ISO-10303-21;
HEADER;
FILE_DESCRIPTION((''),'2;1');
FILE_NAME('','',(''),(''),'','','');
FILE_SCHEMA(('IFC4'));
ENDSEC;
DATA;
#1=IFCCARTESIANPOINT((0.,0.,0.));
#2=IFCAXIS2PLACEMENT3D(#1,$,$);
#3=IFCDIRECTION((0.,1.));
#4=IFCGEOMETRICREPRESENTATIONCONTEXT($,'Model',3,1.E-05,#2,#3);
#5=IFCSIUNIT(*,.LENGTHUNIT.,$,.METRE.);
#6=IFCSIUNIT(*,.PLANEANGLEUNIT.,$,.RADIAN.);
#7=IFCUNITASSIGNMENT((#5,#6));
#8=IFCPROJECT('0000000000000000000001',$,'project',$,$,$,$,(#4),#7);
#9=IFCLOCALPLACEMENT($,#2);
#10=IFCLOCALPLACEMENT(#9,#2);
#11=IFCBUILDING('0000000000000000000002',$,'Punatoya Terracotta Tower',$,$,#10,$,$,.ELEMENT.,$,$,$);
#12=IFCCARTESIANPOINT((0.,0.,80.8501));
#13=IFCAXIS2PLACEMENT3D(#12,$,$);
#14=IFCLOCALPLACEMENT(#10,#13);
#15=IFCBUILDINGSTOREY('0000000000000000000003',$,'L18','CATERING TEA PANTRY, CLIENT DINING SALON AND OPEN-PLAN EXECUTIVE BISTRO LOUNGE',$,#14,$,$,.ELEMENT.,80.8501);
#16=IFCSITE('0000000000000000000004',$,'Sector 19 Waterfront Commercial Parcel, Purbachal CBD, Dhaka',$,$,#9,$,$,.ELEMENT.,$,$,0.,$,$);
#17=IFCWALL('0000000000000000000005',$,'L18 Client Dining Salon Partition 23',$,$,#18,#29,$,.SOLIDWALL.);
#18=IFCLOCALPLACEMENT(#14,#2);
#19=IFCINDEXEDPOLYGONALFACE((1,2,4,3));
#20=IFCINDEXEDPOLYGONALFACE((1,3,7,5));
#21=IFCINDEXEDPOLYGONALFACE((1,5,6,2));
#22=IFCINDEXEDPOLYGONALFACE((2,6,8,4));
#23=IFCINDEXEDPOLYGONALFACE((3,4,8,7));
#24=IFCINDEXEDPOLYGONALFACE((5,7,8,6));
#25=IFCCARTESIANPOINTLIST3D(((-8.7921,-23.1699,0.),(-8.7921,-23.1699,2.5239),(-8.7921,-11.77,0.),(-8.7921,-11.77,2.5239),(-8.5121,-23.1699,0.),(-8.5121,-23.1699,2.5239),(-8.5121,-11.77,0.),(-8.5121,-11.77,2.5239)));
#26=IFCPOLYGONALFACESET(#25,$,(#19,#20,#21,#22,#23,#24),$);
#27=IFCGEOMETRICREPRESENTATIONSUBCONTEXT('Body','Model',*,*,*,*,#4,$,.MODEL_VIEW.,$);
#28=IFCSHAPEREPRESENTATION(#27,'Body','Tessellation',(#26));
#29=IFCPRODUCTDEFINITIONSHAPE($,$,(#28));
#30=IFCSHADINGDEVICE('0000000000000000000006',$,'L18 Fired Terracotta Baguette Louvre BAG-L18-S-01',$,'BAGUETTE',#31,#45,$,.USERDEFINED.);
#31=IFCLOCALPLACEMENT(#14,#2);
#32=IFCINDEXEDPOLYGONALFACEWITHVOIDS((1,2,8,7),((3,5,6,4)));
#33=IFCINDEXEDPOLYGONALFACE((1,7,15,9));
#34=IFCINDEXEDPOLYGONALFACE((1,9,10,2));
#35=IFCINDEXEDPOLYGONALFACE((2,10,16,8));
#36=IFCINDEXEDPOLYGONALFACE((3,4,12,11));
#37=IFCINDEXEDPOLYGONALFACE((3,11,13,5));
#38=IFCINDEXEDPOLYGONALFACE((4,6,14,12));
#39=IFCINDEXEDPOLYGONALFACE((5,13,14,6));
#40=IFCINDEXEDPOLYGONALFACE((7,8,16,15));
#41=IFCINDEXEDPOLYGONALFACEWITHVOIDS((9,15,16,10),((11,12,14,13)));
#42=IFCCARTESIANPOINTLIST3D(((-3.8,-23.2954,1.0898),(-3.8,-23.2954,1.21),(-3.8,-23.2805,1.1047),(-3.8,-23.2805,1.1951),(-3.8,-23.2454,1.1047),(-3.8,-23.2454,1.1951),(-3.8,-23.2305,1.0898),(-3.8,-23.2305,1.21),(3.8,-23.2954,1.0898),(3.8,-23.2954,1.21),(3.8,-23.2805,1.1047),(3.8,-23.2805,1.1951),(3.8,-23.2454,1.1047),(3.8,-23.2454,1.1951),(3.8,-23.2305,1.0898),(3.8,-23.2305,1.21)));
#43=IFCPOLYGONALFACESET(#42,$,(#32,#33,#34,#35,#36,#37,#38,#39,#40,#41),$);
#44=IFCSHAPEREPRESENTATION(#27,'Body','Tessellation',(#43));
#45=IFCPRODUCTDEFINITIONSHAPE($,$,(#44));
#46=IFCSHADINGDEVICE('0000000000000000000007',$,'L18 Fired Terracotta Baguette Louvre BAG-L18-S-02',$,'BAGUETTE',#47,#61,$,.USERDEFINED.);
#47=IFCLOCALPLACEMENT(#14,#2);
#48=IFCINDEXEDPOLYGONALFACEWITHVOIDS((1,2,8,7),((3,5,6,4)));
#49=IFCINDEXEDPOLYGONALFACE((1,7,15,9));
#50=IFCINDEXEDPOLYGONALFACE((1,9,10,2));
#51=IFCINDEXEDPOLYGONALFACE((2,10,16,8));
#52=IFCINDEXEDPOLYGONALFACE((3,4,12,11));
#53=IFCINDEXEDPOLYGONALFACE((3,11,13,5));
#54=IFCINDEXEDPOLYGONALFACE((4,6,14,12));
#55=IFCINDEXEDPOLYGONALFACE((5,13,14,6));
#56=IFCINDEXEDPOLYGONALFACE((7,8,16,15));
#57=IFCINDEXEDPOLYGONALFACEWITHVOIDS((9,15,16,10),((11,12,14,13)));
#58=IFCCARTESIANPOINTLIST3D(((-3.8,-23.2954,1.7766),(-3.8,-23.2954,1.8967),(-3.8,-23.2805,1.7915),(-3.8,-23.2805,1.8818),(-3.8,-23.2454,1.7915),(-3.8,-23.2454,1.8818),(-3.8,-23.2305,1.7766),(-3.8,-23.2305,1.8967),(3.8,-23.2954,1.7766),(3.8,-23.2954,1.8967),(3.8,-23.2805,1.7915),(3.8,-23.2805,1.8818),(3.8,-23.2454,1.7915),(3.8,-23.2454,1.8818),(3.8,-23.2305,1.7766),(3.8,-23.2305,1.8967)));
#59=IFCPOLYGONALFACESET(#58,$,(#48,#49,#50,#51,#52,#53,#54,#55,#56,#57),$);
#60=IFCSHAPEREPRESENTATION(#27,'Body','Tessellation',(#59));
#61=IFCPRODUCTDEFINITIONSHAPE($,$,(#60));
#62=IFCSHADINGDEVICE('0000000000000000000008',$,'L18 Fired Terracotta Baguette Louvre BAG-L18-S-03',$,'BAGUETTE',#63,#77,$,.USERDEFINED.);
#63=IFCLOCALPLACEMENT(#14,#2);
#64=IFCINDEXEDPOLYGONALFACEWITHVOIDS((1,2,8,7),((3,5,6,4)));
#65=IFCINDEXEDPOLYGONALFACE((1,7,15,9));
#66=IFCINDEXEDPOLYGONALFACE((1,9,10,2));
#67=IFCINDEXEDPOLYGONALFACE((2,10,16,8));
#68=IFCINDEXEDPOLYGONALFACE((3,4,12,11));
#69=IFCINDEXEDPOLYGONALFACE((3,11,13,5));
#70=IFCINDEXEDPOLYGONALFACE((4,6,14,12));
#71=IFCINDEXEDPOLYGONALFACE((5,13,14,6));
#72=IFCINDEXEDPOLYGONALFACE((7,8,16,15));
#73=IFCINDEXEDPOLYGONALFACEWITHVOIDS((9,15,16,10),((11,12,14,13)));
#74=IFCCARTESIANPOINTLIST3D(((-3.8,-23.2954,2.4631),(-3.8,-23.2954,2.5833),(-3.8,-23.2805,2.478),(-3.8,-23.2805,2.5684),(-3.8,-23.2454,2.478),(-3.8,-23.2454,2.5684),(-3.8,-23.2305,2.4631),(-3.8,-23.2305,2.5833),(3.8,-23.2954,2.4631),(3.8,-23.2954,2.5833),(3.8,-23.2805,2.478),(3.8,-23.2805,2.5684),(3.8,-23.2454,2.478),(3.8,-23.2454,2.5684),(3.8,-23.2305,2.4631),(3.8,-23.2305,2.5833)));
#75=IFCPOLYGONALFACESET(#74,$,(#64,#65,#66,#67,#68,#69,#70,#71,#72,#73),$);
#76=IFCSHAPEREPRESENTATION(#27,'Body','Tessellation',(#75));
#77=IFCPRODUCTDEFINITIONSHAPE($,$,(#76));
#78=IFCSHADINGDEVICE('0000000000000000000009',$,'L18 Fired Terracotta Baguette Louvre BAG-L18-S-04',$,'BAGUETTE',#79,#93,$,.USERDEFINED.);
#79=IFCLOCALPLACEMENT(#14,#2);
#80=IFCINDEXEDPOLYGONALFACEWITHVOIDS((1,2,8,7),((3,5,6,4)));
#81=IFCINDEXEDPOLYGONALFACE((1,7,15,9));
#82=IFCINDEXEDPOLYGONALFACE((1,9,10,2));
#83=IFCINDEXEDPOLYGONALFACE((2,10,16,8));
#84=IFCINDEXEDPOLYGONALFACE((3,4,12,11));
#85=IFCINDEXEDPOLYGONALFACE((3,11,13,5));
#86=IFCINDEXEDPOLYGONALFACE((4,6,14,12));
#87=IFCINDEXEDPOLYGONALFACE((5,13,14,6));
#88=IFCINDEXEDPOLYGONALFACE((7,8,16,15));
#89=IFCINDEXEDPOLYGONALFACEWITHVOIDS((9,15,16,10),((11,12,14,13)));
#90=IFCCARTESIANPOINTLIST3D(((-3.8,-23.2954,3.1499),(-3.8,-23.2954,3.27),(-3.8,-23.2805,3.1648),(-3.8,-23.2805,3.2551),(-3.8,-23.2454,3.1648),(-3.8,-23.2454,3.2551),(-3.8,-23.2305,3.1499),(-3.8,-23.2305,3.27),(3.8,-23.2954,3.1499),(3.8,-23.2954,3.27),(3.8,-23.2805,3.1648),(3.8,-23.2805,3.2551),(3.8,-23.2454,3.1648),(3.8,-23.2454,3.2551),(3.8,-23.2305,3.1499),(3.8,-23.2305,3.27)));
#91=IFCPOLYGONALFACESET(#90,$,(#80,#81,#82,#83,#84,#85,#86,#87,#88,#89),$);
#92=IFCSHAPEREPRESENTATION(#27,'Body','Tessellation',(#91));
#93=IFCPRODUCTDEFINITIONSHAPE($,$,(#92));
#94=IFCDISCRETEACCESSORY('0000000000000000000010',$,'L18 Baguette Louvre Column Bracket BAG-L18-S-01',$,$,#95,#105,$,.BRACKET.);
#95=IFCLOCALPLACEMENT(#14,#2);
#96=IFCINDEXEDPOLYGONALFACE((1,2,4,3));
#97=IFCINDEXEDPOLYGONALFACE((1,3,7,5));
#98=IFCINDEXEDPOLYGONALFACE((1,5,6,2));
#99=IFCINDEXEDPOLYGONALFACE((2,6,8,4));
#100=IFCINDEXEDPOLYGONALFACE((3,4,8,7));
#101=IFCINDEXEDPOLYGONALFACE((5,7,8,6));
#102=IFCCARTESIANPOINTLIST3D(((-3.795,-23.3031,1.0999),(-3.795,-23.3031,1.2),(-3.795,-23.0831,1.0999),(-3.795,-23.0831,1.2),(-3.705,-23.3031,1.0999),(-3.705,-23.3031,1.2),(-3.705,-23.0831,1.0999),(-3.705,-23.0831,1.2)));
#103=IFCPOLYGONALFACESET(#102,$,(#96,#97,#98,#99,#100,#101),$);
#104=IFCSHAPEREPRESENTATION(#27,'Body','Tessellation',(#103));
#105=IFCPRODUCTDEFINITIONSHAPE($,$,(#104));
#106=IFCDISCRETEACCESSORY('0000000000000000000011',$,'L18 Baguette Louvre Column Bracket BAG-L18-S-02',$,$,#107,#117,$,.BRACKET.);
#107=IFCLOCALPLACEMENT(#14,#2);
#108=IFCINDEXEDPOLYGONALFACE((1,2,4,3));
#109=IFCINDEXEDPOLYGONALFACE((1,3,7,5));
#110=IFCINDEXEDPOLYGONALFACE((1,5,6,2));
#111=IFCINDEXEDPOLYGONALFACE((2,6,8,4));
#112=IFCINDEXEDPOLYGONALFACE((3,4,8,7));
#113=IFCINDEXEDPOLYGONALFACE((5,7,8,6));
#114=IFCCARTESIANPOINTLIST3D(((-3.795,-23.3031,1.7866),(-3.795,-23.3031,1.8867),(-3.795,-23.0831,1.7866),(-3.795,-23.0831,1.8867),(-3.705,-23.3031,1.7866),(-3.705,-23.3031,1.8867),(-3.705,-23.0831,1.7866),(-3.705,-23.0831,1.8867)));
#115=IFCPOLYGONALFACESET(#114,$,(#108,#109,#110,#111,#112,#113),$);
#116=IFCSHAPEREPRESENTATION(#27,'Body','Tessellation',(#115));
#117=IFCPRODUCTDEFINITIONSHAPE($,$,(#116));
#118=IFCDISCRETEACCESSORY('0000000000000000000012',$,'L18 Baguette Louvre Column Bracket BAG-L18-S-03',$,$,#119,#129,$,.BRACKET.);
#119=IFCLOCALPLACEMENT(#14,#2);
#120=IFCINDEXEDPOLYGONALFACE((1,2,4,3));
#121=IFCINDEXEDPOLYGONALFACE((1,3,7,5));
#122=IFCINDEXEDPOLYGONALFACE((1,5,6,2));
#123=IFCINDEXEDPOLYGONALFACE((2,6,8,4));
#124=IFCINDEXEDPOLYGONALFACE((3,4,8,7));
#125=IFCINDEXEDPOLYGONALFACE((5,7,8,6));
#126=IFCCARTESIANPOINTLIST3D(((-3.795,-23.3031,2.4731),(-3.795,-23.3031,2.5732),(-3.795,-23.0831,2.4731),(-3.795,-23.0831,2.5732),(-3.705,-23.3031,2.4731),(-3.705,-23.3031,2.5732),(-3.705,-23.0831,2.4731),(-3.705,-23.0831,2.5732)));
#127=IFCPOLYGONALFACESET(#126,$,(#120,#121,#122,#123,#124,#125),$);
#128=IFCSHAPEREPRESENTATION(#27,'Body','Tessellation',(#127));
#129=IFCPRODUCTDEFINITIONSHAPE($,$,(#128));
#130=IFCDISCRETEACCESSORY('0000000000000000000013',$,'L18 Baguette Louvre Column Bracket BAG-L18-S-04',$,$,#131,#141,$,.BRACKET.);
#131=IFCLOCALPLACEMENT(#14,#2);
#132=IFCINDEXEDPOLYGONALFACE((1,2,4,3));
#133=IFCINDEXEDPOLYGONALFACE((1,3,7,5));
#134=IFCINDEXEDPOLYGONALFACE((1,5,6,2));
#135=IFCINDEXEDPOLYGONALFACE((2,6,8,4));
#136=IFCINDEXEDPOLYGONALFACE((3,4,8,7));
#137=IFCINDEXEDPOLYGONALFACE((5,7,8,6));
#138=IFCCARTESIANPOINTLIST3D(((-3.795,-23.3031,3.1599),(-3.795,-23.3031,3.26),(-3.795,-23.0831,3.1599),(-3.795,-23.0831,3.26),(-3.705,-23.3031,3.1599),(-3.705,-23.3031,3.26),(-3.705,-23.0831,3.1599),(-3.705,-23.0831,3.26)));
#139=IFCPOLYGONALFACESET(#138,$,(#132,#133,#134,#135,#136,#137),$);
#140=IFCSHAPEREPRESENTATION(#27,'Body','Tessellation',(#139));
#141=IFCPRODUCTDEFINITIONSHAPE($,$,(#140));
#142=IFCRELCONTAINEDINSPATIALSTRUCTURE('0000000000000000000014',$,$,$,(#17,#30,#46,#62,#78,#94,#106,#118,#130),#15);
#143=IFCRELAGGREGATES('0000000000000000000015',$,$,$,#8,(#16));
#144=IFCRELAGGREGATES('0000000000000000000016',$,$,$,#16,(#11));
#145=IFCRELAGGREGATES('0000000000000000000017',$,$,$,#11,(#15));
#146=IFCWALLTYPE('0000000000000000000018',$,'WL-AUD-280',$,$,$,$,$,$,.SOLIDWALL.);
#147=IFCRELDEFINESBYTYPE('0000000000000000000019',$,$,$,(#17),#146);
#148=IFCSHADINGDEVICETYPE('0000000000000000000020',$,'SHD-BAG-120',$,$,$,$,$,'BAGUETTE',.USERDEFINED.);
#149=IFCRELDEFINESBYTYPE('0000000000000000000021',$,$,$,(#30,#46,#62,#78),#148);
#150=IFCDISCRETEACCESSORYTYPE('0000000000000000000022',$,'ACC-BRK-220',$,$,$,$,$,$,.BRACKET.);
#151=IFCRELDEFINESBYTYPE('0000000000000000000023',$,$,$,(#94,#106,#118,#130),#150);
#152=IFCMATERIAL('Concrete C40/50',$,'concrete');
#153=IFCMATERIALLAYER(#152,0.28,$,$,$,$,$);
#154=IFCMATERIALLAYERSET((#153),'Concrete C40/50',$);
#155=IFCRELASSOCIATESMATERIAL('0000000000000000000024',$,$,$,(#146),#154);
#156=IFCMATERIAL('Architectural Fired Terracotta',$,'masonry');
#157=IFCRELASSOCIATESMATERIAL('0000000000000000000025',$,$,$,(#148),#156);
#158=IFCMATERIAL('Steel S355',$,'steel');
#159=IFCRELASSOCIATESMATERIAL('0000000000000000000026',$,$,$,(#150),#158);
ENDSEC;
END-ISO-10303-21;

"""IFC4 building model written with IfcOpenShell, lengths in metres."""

from ifc_helpers import new_model, si_unit, direction, frame, frame_2d, origin, origin_2d, place, context, subcontext, project, spatial, rectangle, hollow_rectangle, extrude, material, layer, layer_set, material_profile, profile_set, type_object, element, save


model = new_model("IFC4")

# Units and contexts
model_context = context("Model", 3, precision=1e-05, world=origin(), true_north=direction((0.0, 1.0)))
body_context = subcontext(model_context, "Body", "Model", "MODEL_VIEW")
ifc_project = project(units=[si_unit("LENGTHUNIT", "METRE"), si_unit("PLANEANGLEUNIT", "RADIAN")], contexts=[model_context])

# Site, building, storey
site_placement = place(None, origin())
site = spatial("IfcSite", under=ifc_project, at=site_placement, Name="Sector 19 Waterfront Commercial Parcel, Purbachal CBD, Dhaka", CompositionType="ELEMENT", RefElevation=0.0)
building_placement = place(site_placement, origin())
building = spatial("IfcBuilding", under=site, at=building_placement, Name="Punatoya Terracotta Tower", CompositionType="ELEMENT")
storey_placement = place(building_placement, frame((0.0, 0.0, 80.8501)))
storey = spatial("IfcBuildingStorey", under=building, at=storey_placement, Name="L18", Description="CATERING TEA PANTRY, CLIENT DINING SALON AND OPEN-PLAN EXECUTIVE BISTRO LOUNGE", CompositionType="ELEMENT", Elevation=80.8501)

# Shared definitions
ifc_material_1 = material(Name="Steel S355", Category="steel")

# Wall
ifc_material_2 = material(Name="Concrete C40/50", Category="concrete")
ifc_layer_1 = layer(ifc_material_2, 0.28)
ifc_layer_set_1 = layer_set([ifc_layer_1], Name="Concrete C40/50")
wall_type = type_object("IfcWallType", Name="WL-AUD-280", PredefinedType="SOLIDWALL", material=ifc_layer_set_1)
wall_placement = place(storey_placement, frame((-8.6521, -23.1699, 0.0), z_axis=(0.0, 0.0, 1.0), x_axis=(0.0, 1.0, 0.0)))
element("IfcWall", 1, at=wall_placement, inside=storey, type_object=wall_type, Name="L18 Client Dining Salon Partition 23", PredefinedType="SOLIDWALL", context=body_context, shape_type="SweptSolid", body=[
    extrude(rectangle(XDim=11.3999, YDim=0.28, at=frame_2d((5.7, 0.0))), origin(), (0.0, 0.0, 1.0), 2.5239),
])

# Shading devices
ifc_material_3 = material(Name="Architectural Fired Terracotta", Category="masonry")
ifc_material_profile_1 = material_profile(ifc_material_3, hollow_rectangle(XDim=0.0649, YDim=0.1201, WallThickness=0.0149, at=origin_2d()))
ifc_profile_set_1 = profile_set([ifc_material_profile_1], Name="Architectural Fired Terracotta")
shading_device_type = type_object("IfcShadingDeviceType", Name="SHD-BAG-120", ElementType="BAGUETTE", PredefinedType="USERDEFINED", material=ifc_profile_set_1)
for number, where, z_axis, x_axis, name in (
    (2, (-3.8, -23.2629, 1.1499), (1.0, 0.0, 0.0), (0.0, 1.0, 0.0), "L18 Fired Terracotta Baguette Louvre BAG-L18-S-01"),
    (3, (-3.8, -23.2629, 1.8367), (1.0, 0.0, 0.0), (0.0, 1.0, 0.0), "L18 Fired Terracotta Baguette Louvre BAG-L18-S-02"),
    (4, (-3.8, -23.2629, 2.5232), (1.0, 0.0, 0.0), (0.0, 1.0, 0.0), "L18 Fired Terracotta Baguette Louvre BAG-L18-S-03"),
    (5, (-3.8, -23.2629, 3.21), (1.0, 0.0, 0.0), (0.0, 1.0, 0.0), "L18 Fired Terracotta Baguette Louvre BAG-L18-S-04"),
):
    element("IfcShadingDevice", number, at=place(storey_placement, frame(where, z_axis=z_axis, x_axis=x_axis)), inside=storey, type_object=shading_device_type, Name=name, ObjectType="BAGUETTE", PredefinedType="USERDEFINED", context=body_context, shape_type="SweptSolid", body=[
        extrude(hollow_rectangle(XDim=0.0649, YDim=0.1201, WallThickness=0.0149, at=origin_2d()), origin(), (0.0, 0.0, 1.0), 7.6001),
    ])

# Discrete accessories
discrete_accessory_type = type_object("IfcDiscreteAccessoryType", Name="ACC-BRK-220", PredefinedType="BRACKET", material=ifc_material_1)
for number, where, z_axis, x_axis, name in (
    (6, (-3.75, -23.1931, 1.0999), (0.0, 0.0, 1.0), (1.0, 0.0, 0.0), "L18 Baguette Louvre Column Bracket BAG-L18-S-01"),
    (7, (-3.75, -23.1931, 1.7866), (0.0, 0.0, 1.0), (1.0, 0.0, 0.0), "L18 Baguette Louvre Column Bracket BAG-L18-S-02"),
    (8, (-3.75, -23.1931, 2.4731), (0.0, 0.0, 1.0), (1.0, 0.0, 0.0), "L18 Baguette Louvre Column Bracket BAG-L18-S-03"),
    (9, (-3.75, -23.1931, 3.1599), (0.0, 0.0, 1.0), (1.0, 0.0, 0.0), "L18 Baguette Louvre Column Bracket BAG-L18-S-04"),
):
    element("IfcDiscreteAccessory", number, at=place(storey_placement, frame(where, z_axis=z_axis, x_axis=x_axis)), inside=storey, type_object=discrete_accessory_type, Name=name, PredefinedType="BRACKET", context=body_context, shape_type="SweptSolid", body=[
        extrude(rectangle(XDim=0.0901, YDim=0.22, at=origin_2d()), origin(), (0.0, 0.0, 1.0), 0.1001),
    ])

save(model, "model.ifc")
